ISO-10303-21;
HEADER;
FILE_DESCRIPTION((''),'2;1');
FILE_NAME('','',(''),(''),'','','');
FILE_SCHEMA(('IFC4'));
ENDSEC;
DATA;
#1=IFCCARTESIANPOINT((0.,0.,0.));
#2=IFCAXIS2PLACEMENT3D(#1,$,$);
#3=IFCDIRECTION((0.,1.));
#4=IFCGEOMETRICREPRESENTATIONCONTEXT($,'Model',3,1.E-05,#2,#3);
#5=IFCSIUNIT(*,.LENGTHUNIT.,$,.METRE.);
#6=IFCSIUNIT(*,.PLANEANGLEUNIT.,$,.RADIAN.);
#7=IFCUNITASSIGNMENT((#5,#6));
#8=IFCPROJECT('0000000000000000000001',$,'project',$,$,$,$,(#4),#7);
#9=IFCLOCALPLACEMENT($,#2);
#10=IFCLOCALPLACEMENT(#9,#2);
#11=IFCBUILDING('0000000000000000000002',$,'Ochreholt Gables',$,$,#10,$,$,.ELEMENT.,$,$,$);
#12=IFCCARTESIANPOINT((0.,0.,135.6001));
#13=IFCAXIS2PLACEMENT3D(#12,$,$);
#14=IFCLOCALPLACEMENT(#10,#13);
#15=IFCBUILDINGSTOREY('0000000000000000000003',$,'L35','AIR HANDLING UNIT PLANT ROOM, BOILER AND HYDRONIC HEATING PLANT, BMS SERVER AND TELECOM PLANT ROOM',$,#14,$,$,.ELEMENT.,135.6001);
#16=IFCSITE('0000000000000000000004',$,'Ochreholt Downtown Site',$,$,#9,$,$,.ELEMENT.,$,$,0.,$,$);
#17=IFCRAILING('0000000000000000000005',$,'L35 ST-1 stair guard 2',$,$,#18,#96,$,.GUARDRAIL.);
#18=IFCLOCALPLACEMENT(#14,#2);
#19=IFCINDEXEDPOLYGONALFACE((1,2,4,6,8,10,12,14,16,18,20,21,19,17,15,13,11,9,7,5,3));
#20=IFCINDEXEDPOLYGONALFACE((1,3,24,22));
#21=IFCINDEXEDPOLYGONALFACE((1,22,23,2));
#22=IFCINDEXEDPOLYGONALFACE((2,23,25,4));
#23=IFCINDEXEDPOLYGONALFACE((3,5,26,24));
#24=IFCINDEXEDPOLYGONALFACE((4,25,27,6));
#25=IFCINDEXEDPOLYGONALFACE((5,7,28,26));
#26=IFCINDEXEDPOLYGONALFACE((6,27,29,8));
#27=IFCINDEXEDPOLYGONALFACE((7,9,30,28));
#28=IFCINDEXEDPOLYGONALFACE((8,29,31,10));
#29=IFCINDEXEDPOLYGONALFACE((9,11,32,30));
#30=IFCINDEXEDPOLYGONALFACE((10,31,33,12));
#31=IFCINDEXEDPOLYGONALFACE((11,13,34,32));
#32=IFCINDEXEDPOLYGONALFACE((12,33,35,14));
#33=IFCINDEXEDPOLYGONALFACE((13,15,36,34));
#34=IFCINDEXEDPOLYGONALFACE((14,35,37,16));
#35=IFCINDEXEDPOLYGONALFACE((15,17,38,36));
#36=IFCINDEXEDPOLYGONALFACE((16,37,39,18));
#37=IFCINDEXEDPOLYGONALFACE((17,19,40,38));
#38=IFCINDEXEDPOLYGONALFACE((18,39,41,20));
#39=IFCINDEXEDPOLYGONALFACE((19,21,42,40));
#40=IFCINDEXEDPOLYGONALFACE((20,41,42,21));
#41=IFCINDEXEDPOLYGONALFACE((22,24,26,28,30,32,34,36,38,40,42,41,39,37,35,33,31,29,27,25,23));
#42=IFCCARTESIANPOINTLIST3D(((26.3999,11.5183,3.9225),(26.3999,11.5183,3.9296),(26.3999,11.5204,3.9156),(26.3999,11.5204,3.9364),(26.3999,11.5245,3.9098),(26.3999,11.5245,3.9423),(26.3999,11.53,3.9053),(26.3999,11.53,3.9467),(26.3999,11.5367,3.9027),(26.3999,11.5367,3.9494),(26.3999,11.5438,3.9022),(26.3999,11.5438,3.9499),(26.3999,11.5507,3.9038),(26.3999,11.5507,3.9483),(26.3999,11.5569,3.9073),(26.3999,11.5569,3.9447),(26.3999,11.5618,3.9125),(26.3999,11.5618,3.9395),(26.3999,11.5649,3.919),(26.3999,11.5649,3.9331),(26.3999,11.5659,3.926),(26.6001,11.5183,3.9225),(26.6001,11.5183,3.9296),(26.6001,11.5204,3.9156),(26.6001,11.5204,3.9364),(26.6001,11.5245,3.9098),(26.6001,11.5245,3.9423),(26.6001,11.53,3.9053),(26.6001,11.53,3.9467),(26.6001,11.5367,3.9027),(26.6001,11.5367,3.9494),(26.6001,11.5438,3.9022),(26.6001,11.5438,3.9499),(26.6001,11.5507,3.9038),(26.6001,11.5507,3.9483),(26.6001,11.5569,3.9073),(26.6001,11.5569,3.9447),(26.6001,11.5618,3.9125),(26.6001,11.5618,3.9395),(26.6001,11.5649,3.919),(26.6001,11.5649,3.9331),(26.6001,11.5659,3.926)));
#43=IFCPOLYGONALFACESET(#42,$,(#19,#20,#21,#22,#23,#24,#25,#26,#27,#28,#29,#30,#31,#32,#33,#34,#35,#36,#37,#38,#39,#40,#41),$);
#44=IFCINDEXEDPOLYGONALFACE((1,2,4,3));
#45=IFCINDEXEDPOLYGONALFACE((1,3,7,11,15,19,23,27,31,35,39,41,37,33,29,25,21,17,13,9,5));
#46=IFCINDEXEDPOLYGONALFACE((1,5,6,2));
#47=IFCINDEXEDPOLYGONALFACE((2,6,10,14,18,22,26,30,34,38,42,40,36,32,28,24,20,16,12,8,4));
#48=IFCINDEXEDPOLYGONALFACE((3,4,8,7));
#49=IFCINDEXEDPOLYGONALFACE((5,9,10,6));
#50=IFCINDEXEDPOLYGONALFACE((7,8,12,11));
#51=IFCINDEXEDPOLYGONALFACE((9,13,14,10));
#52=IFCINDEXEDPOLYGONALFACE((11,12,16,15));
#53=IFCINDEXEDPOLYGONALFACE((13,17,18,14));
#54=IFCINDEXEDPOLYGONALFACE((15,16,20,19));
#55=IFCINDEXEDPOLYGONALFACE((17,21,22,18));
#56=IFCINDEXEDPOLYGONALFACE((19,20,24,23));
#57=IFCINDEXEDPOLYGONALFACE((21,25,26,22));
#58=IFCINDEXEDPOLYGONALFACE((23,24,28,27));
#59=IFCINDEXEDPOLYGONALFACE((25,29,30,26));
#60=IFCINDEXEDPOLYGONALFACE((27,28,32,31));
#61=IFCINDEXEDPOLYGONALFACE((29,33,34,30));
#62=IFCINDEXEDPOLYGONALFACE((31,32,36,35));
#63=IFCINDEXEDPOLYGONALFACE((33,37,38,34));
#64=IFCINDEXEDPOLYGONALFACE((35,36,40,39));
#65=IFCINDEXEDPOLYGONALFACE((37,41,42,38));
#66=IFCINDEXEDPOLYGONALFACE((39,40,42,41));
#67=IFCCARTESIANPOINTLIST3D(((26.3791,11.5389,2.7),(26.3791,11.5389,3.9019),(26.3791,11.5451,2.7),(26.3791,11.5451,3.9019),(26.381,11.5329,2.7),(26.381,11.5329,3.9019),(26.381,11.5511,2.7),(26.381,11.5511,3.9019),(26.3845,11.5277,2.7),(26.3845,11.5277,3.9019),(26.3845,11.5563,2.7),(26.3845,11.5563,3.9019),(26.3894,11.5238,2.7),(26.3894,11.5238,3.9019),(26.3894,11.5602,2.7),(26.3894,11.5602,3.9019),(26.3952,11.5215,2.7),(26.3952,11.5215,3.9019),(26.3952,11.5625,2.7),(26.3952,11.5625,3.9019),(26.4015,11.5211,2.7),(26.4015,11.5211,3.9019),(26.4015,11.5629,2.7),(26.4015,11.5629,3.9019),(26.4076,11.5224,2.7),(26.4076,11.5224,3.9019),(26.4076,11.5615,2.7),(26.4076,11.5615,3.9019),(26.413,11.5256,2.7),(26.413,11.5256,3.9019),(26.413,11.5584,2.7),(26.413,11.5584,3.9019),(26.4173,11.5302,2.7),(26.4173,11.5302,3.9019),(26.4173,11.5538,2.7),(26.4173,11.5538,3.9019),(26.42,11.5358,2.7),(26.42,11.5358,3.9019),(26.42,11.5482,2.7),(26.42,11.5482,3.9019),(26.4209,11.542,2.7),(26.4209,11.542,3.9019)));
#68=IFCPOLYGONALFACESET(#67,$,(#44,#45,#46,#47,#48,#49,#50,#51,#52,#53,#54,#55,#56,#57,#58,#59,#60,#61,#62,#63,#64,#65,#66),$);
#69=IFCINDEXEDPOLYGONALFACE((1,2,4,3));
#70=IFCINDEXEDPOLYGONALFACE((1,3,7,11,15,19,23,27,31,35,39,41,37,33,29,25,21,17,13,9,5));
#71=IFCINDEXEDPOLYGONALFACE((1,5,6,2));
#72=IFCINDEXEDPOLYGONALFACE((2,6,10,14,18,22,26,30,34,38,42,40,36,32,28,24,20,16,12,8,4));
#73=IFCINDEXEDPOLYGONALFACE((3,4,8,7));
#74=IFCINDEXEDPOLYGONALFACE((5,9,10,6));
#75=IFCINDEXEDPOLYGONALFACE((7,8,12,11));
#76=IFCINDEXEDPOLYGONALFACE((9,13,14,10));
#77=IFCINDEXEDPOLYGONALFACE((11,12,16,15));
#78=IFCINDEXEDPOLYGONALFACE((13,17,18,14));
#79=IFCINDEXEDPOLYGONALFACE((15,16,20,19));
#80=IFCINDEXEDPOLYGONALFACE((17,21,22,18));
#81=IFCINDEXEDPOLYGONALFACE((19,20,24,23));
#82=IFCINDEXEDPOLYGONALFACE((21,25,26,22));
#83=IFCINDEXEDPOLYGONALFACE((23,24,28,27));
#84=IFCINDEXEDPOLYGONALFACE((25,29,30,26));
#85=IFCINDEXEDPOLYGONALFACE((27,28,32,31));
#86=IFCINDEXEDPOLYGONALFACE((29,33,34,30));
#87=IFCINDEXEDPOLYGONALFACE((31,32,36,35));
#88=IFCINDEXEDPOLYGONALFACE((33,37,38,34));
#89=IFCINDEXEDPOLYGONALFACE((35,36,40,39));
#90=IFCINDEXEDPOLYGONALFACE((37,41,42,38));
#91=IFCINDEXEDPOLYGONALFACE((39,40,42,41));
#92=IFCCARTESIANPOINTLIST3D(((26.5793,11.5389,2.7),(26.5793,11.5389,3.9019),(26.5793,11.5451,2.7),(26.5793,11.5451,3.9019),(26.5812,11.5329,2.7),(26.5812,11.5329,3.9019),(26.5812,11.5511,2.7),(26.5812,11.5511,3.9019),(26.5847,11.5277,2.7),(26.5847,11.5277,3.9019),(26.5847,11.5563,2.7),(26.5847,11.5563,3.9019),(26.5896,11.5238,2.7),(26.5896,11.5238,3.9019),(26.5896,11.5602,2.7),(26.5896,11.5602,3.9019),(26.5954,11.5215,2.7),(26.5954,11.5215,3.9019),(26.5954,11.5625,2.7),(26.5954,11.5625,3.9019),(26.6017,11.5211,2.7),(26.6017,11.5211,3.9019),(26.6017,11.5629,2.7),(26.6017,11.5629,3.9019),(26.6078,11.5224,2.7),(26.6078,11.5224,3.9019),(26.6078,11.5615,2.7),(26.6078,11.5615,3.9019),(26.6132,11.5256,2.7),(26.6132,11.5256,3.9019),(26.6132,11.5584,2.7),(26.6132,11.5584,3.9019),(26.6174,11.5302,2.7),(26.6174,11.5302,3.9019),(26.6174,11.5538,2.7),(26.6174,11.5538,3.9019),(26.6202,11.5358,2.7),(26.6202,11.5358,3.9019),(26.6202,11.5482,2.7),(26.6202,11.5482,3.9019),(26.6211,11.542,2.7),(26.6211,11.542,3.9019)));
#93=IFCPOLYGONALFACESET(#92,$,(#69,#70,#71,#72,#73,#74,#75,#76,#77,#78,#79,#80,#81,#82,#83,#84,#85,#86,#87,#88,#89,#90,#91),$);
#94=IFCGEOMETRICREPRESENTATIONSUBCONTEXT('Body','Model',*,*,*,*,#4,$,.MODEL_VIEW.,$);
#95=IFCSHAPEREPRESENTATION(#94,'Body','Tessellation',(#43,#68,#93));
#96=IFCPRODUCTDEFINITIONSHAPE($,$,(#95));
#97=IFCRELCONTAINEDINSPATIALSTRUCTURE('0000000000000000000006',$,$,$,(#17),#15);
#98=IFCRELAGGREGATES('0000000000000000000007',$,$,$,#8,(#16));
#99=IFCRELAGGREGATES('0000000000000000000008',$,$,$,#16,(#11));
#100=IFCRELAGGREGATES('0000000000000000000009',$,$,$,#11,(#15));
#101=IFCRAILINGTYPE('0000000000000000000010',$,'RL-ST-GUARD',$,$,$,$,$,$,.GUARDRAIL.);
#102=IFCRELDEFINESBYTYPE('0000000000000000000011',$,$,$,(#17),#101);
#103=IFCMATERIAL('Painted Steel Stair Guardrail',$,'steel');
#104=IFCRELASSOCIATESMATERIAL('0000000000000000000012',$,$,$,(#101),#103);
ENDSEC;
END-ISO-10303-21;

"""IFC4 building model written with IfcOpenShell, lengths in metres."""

from ifc_helpers import new_model, si_unit, direction, frame, origin, origin_2d, place, context, subcontext, project, spatial, circle, extrude, material, type_object, element, save


model = new_model("IFC4")

# Units and contexts
model_context = context("Model", 3, precision=1e-05, world=origin(), true_north=direction((0.0, 1.0)))
body_context = subcontext(model_context, "Body", "Model", "MODEL_VIEW")
ifc_project = project(units=[si_unit("LENGTHUNIT", "METRE"), si_unit("PLANEANGLEUNIT", "RADIAN")], contexts=[model_context])

# Site, building, storey
site_placement = place(None, origin())
site = spatial("IfcSite", under=ifc_project, at=site_placement, Name="Ochreholt Downtown Site", CompositionType="ELEMENT", RefElevation=0.0)
building_placement = place(site_placement, origin())
building = spatial("IfcBuilding", under=site, at=building_placement, Name="Ochreholt Gables", CompositionType="ELEMENT")
storey_placement = place(building_placement, frame((0.0, 0.0, 135.6001)))
storey = spatial("IfcBuildingStorey", under=building, at=storey_placement, Name="L35", Description="AIR HANDLING UNIT PLANT ROOM, BOILER AND HYDRONIC HEATING PLANT, BMS SERVER AND TELECOM PLANT ROOM", CompositionType="ELEMENT", Elevation=135.6001)

# Railing
ifc_material_1 = material(Name="Painted Steel Stair Guardrail", Category="steel")
railing_type = type_object("IfcRailingType", Name="RL-ST-GUARD", PredefinedType="GUARDRAIL", material=ifc_material_1)
railing_1_placement = place(storey_placement, frame((26.3999, 11.542, 2.7)))
element("IfcRailing", 1, at=railing_1_placement, inside=storey, type_object=railing_type, Name="L35 ST-1 stair guard 2", PredefinedType="GUARDRAIL", context=body_context, shape_type="SweptSolid", body=[
    extrude(circle(Radius=0.0239, at=origin_2d()), frame((0.0, 0.0, 1.2261), z_axis=(1.0, 0.0, 0.0), x_axis=(0.0, 1.0, 0.0)), (0.0, 0.0, 1.0), 0.2002),
    extrude(circle(Radius=0.021, at=origin_2d()), origin(), (0.0, 0.0, 1.0), 1.2019),
    extrude(circle(Radius=0.021, at=origin_2d()), frame((0.2002, 0.0, 0.0)), (0.0, 0.0, 1.0), 1.2019),
])

save(model, "model.ifc")
